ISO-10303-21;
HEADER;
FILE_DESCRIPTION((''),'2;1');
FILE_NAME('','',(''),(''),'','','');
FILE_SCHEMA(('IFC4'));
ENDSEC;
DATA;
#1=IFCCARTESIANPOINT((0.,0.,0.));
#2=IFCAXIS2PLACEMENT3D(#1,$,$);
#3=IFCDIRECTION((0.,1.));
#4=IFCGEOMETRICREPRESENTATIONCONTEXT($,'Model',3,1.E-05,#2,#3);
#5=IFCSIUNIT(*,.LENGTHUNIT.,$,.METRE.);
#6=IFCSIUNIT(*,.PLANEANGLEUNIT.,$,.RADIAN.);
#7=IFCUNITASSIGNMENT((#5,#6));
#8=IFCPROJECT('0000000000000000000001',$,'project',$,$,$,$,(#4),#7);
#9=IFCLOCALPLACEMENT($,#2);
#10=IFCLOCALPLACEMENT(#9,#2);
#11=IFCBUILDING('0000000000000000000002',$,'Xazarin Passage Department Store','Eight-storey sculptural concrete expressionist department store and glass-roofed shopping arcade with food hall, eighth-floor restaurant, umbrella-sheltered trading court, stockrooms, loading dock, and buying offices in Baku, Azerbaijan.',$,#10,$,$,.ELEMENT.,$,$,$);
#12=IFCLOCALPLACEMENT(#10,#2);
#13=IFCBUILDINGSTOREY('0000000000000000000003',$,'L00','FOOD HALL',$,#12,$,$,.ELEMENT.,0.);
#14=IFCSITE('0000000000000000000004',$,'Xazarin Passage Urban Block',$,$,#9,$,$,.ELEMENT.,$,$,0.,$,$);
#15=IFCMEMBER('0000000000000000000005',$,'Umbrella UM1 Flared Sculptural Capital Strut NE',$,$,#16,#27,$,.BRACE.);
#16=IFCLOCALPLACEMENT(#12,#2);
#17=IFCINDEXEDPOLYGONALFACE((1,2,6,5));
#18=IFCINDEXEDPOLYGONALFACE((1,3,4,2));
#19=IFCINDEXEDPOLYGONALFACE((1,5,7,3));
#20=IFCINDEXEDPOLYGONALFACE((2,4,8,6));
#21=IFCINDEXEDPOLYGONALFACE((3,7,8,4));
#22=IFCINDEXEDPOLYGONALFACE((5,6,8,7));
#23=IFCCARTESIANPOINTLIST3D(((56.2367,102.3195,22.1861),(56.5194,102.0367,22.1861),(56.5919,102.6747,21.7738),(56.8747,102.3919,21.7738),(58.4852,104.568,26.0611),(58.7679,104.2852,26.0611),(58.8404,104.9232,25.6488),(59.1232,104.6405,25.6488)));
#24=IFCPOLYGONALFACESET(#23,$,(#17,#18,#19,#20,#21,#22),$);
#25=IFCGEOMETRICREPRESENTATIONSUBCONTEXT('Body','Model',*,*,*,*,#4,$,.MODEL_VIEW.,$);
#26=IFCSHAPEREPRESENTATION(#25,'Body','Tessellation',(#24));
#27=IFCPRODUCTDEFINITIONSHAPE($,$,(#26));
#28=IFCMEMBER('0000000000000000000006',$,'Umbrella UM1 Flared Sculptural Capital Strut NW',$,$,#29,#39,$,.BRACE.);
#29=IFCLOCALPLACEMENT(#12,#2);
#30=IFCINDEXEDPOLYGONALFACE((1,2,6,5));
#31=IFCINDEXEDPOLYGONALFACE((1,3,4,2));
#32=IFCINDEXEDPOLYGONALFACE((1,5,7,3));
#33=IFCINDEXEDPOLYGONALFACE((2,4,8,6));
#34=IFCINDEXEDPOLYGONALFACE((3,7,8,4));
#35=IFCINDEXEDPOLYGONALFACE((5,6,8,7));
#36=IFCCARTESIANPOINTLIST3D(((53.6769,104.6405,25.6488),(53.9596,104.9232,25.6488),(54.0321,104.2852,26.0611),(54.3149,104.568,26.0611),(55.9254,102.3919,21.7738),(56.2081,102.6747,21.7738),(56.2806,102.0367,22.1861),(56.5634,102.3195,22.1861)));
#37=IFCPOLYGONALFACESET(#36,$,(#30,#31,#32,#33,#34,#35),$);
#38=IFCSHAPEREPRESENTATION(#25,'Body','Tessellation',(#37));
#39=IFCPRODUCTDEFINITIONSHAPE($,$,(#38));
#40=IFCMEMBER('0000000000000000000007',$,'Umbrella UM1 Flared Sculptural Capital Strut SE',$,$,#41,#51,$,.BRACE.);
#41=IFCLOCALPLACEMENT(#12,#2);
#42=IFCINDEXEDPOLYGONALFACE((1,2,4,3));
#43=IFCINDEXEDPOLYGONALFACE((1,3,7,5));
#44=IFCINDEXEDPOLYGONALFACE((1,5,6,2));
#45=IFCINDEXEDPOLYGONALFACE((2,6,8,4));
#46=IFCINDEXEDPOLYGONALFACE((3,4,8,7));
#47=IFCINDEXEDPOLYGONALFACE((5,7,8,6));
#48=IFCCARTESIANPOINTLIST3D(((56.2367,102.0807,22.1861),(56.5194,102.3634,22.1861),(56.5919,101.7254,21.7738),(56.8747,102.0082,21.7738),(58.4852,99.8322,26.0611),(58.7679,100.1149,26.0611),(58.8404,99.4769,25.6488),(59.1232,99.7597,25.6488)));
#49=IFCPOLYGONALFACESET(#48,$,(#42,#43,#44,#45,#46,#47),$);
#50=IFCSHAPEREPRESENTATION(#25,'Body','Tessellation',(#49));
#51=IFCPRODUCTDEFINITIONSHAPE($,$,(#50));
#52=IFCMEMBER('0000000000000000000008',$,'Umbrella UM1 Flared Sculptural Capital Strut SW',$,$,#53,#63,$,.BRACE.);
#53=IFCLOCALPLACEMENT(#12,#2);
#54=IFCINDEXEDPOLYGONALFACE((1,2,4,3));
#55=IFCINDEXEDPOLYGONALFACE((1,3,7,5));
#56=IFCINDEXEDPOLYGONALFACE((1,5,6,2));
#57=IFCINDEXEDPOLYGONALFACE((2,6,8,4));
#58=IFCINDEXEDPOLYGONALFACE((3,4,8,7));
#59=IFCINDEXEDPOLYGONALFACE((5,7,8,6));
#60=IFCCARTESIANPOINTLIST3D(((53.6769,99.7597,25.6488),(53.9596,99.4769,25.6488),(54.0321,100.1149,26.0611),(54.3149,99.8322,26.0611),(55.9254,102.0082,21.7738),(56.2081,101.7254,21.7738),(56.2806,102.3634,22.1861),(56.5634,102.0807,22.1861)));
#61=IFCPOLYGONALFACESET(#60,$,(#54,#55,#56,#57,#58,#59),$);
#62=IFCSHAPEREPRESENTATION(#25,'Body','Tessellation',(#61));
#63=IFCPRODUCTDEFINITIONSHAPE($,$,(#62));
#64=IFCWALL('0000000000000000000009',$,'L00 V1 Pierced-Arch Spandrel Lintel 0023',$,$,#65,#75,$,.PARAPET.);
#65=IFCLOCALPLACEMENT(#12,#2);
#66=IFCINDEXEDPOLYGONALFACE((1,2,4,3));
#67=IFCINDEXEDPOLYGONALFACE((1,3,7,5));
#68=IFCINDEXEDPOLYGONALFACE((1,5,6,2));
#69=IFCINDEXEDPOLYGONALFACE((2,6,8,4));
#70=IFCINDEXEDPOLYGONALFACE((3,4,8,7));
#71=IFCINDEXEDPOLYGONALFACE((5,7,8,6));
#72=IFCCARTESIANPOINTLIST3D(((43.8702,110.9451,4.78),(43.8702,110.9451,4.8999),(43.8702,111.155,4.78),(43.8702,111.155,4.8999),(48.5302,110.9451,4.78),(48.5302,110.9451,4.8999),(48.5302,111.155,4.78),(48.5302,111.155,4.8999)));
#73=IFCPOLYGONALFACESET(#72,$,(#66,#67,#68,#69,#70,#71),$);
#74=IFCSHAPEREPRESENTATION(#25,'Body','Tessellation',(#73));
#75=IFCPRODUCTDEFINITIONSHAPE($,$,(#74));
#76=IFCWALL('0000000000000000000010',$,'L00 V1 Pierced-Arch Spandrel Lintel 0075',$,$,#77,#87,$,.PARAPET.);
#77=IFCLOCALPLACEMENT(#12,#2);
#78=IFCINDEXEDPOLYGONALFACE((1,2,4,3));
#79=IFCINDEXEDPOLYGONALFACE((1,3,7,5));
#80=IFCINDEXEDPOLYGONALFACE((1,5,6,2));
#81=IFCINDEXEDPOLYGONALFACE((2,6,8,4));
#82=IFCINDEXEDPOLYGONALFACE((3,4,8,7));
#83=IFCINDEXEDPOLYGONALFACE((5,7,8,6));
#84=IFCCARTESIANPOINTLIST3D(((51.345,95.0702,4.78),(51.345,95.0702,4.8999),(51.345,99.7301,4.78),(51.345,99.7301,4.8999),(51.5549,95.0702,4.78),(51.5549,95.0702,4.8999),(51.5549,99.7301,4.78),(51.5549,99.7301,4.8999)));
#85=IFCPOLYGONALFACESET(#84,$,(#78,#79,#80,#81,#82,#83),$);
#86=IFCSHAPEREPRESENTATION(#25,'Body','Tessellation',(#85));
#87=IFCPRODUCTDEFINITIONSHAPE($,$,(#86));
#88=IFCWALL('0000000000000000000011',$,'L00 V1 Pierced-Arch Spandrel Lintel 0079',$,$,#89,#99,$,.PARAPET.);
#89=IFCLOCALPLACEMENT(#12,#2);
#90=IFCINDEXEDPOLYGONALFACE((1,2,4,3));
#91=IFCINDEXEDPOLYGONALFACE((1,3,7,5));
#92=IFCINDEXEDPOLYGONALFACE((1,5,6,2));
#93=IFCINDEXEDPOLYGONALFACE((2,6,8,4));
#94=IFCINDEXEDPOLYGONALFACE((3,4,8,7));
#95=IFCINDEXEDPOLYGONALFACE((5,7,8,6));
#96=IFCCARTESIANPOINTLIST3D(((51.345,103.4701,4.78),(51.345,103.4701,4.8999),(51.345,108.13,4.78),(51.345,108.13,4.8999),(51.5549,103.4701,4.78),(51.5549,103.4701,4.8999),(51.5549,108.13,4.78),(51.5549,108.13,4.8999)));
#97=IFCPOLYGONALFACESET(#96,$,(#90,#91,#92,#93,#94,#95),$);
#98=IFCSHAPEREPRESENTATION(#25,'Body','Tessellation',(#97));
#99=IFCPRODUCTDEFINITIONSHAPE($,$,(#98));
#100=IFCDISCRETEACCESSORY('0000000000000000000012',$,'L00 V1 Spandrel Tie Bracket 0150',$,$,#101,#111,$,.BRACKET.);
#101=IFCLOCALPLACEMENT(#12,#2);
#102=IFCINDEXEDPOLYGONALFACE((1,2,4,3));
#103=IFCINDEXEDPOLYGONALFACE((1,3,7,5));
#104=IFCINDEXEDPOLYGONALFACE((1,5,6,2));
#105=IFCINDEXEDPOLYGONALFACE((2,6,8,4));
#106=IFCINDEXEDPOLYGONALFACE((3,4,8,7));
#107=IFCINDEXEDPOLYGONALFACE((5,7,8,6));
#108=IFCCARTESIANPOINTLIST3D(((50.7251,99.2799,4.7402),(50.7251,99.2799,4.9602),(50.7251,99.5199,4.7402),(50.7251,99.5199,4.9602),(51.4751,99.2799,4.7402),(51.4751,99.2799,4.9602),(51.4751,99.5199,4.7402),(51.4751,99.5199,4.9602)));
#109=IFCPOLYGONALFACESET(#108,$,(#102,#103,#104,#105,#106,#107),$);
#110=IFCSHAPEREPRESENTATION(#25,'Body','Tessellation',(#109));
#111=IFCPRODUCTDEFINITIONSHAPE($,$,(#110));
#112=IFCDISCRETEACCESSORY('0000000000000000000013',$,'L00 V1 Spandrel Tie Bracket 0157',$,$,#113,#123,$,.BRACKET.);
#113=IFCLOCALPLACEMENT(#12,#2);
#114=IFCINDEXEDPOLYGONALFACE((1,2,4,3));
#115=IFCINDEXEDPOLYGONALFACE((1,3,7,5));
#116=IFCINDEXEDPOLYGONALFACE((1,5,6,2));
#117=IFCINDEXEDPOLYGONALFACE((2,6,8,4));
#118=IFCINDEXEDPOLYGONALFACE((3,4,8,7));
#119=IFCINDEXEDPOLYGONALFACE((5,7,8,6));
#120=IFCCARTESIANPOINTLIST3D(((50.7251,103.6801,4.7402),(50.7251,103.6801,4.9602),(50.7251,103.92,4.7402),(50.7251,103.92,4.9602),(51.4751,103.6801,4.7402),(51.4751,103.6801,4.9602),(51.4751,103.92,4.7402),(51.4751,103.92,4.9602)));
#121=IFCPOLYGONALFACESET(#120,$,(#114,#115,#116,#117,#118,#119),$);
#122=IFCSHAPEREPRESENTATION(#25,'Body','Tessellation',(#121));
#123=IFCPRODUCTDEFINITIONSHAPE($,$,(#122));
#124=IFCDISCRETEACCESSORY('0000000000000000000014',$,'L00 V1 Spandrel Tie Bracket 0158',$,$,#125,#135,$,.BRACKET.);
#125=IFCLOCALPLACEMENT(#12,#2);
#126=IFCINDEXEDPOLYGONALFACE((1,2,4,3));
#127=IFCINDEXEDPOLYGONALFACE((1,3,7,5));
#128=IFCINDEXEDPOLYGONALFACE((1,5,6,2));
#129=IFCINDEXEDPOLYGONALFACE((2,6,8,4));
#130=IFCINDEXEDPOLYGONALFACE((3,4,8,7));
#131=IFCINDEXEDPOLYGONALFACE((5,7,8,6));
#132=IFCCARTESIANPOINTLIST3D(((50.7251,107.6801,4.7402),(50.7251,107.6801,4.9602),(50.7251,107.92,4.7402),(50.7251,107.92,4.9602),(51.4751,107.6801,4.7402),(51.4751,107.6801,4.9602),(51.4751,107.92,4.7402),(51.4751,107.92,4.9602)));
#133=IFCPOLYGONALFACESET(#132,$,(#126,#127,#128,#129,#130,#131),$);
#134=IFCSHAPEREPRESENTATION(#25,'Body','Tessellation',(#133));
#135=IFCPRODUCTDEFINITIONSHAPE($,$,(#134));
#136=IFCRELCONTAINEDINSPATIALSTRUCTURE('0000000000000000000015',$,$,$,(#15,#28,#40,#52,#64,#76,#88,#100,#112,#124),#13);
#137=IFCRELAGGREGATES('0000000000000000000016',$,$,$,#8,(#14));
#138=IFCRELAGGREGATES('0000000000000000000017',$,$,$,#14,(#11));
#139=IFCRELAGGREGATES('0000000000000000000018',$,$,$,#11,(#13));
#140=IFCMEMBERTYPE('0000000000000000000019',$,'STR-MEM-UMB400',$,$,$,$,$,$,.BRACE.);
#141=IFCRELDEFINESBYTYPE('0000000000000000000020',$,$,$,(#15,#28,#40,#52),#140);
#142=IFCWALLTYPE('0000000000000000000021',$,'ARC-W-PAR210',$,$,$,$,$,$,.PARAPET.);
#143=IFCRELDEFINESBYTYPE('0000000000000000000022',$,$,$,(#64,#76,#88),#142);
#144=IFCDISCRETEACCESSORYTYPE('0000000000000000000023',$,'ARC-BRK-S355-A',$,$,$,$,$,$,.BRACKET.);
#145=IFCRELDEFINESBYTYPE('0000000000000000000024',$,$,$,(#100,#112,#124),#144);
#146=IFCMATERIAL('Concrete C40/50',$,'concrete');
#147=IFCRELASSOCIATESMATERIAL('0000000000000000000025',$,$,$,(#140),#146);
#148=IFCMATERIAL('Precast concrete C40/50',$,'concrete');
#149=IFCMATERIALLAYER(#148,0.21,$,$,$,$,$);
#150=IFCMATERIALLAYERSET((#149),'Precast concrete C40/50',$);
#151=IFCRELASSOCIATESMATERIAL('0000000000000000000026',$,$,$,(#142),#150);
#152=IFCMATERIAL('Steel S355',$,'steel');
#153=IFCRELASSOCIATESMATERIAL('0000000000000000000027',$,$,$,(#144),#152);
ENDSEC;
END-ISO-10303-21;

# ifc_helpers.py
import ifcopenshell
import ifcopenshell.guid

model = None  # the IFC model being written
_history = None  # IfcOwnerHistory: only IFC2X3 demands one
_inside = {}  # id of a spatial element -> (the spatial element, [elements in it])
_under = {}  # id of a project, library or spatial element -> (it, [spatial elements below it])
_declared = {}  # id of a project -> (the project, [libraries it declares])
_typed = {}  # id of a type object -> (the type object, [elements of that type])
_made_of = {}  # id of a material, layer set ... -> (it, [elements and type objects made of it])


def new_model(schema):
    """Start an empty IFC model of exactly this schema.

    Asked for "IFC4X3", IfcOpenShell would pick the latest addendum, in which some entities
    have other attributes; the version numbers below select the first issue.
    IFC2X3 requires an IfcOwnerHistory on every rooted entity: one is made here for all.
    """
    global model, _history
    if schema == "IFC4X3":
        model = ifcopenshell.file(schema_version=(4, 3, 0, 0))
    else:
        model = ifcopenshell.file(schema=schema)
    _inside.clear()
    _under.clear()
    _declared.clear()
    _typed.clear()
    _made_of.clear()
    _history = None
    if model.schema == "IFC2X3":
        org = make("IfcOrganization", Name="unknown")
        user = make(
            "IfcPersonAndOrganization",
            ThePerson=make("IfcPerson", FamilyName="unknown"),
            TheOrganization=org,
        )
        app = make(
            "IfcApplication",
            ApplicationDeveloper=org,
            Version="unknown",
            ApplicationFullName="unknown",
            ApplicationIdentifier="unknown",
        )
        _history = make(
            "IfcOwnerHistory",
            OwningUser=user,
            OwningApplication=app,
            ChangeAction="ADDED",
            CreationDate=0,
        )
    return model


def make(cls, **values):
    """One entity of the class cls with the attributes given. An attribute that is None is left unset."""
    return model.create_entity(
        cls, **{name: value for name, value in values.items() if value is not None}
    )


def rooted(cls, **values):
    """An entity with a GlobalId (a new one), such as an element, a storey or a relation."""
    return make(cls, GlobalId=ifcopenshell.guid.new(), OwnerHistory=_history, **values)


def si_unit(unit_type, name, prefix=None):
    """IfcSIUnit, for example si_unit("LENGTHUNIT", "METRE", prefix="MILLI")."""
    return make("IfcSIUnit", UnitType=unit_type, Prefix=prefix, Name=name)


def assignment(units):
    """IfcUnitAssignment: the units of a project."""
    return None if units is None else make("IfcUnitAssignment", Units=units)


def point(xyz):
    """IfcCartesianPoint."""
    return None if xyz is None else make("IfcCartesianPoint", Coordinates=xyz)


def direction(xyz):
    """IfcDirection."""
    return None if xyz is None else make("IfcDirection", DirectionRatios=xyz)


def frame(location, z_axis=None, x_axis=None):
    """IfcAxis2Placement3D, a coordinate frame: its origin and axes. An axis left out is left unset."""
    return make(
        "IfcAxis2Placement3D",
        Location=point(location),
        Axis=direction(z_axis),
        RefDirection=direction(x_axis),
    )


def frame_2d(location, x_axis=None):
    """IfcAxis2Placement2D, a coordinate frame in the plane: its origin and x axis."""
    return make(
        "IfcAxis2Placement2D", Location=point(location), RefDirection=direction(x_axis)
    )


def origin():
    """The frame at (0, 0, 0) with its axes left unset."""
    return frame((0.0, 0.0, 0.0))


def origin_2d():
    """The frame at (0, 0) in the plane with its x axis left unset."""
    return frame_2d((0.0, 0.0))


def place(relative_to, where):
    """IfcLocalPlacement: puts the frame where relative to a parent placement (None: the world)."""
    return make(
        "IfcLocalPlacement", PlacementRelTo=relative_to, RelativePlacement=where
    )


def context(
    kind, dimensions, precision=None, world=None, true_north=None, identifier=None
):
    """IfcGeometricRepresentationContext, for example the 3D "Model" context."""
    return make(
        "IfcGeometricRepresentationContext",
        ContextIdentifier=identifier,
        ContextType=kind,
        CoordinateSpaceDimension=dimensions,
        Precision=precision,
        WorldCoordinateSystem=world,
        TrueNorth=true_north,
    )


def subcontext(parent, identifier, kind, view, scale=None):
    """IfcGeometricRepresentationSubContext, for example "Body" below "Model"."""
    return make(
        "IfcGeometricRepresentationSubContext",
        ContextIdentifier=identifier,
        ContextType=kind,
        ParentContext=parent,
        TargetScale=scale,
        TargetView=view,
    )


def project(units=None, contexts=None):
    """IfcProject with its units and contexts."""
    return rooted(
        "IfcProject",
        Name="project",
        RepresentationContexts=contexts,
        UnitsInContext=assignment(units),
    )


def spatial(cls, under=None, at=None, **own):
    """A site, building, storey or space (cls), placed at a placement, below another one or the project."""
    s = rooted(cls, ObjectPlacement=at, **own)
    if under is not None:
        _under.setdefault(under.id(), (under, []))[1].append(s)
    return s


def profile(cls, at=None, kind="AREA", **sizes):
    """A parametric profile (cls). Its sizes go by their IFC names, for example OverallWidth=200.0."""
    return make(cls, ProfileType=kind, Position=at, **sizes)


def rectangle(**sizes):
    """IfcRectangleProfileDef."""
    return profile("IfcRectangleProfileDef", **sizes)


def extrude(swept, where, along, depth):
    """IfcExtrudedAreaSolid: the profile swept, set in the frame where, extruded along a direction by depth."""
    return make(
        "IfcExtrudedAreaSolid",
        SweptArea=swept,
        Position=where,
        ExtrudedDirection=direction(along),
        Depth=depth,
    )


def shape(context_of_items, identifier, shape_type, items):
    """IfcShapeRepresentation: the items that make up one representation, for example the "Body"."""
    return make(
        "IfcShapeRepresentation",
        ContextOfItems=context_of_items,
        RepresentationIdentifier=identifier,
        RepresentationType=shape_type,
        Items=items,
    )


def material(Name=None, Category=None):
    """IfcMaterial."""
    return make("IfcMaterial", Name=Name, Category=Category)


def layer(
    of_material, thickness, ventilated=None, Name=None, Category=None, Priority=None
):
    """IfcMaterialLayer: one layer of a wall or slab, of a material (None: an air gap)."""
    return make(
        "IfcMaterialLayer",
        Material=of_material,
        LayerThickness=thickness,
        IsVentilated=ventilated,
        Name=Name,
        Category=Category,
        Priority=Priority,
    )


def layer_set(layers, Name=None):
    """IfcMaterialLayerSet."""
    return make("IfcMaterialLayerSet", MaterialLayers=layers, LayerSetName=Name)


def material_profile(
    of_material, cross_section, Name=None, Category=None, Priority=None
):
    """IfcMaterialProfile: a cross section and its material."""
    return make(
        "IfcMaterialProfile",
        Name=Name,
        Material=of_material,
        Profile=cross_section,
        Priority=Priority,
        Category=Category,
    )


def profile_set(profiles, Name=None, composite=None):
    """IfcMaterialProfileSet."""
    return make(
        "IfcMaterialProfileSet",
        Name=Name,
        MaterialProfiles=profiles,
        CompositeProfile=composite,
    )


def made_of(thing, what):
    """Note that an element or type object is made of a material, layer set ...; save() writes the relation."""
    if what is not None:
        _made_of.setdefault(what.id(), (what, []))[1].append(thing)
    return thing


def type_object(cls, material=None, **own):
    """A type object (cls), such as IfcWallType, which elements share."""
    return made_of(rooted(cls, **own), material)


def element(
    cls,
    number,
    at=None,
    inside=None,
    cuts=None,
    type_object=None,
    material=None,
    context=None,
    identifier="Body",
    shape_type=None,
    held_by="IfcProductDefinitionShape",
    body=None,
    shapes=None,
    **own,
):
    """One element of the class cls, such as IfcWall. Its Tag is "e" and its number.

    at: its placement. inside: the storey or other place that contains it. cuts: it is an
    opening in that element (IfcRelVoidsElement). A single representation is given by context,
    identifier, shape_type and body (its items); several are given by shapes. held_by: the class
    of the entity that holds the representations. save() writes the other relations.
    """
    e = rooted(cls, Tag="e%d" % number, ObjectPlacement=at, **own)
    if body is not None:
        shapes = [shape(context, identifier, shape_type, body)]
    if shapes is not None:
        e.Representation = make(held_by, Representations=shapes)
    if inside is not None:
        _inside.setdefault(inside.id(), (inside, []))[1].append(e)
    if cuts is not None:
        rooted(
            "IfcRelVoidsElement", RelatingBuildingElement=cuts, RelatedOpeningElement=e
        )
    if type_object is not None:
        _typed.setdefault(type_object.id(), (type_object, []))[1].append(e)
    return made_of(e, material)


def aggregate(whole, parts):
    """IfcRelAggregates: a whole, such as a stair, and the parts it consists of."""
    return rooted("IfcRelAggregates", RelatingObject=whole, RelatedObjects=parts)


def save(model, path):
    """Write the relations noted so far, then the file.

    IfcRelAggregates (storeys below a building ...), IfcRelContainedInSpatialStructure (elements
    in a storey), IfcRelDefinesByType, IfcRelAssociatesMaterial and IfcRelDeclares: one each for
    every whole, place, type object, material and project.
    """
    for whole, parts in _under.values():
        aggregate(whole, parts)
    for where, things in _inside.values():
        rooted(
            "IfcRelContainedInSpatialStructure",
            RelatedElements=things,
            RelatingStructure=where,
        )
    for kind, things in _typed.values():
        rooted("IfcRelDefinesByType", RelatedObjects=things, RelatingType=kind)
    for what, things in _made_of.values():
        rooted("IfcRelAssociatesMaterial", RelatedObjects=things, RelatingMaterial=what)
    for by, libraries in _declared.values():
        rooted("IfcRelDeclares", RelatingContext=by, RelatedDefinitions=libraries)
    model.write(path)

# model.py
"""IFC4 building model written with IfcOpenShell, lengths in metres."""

from ifc_helpers import new_model, si_unit, direction, frame, frame_2d, origin, origin_2d, place, context, subcontext, project, spatial, rectangle, extrude, material, layer, layer_set, material_profile, profile_set, type_object, element, save


model = new_model("IFC4")

# Units and contexts
model_context = context("Model", 3, precision=1e-05, world=origin(), true_north=direction((0.0, 1.0)))
body_context = subcontext(model_context, "Body", "Model", "MODEL_VIEW")
ifc_project = project(units=[si_unit("LENGTHUNIT", "METRE"), si_unit("PLANEANGLEUNIT", "RADIAN")], contexts=[model_context])

# Site, building, storey
site_placement = place(None, origin())
site = spatial("IfcSite", under=ifc_project, at=site_placement, Name="Xazarin Passage Urban Block", CompositionType="ELEMENT", RefElevation=0.0)
building_placement = place(site_placement, origin())
building = spatial("IfcBuilding", under=site, at=building_placement, Name="Xazarin Passage Department Store", Description="Eight-storey sculptural concrete expressionist department store and glass-roofed shopping arcade with food hall, eighth-floor restaurant, umbrella-sheltered trading court, stockrooms, loading dock, and buying offices in Baku, Azerbaijan.", CompositionType="ELEMENT")
storey_placement = place(building_placement, origin())
storey = spatial("IfcBuildingStorey", under=building, at=storey_placement, Name="L00", Description="FOOD HALL", CompositionType="ELEMENT", Elevation=0.0)

# Members
ifc_material_1 = material(Name="Concrete C40/50", Category="concrete")
ifc_material_profile_1 = material_profile(ifc_material_1, rectangle(XDim=0.3999, YDim=0.6499, at=origin_2d()), Name="RC 400x650")
ifc_profile_set_1 = profile_set([ifc_material_profile_1], Name="Concrete C40/50")
member_type_1 = type_object("IfcMemberType", Name="STR-MEM-UMB400", PredefinedType="BRACE", material=ifc_profile_set_1)
for number, where, z_axis, x_axis, name in (
    (1, (56.5557, 102.3557, 21.98), (0.448565, 0.448565, 0.773032), (-0.707107, 0.707107, 0.0), "Umbrella UM1 Flared Sculptural Capital Strut NE"),
    (2, (56.2444, 102.3557, 21.98), (-0.448565, 0.448565, 0.773032), (-0.707107, -0.707107, 0.0), "Umbrella UM1 Flared Sculptural Capital Strut NW"),
    (3, (56.5557, 102.0444, 21.98), (0.448565, -0.448565, 0.773032), (0.707107, 0.707107, 0.0), "Umbrella UM1 Flared Sculptural Capital Strut SE"),
    (4, (56.2444, 102.0444, 21.98), (-0.448565, -0.448565, 0.773032), (0.707107, -0.707107, 0.0), "Umbrella UM1 Flared Sculptural Capital Strut SW"),
):
    element("IfcMember", number, at=place(storey_placement, frame(where, z_axis=z_axis, x_axis=x_axis)), inside=storey, type_object=member_type_1, Name=name, PredefinedType="BRACE", context=body_context, shape_type="SweptSolid", body=[
        extrude(rectangle(XDim=0.3999, YDim=0.6499, at=origin_2d()), origin(), (0.0, 0.0, 1.0), 5.0127),
    ])

# Walls
ifc_material_2 = material(Name="Precast concrete C40/50", Category="concrete")
ifc_layer = layer(ifc_material_2, 0.21)
ifc_layer_set = layer_set([ifc_layer], Name="Precast concrete C40/50")
wall_type = type_object("IfcWallType", Name="ARC-W-PAR210", PredefinedType="PARAPET", material=ifc_layer_set)
for number, where, z_axis, x_axis, name in (
    (5, (43.8701, 111.05, 4.78), (0.0, 0.0, 1.0), (1.0, 0.0, 0.0), "L00 V1 Pierced-Arch Spandrel Lintel 0023"),
    (6, (51.45, 95.0701, 4.78), (0.0, 0.0, 1.0), (0.0, 1.0, 0.0), "L00 V1 Pierced-Arch Spandrel Lintel 0075"),
    (7, (51.45, 103.47, 4.78), (0.0, 0.0, 1.0), (0.0, 1.0, 0.0), "L00 V1 Pierced-Arch Spandrel Lintel 0079"),
):
    element("IfcWall", number, at=place(storey_placement, frame(where, z_axis=z_axis, x_axis=x_axis)), inside=storey, type_object=wall_type, Name=name, PredefinedType="PARAPET", context=body_context, shape_type="SweptSolid", body=[
        extrude(rectangle(XDim=4.6599, YDim=0.21, at=frame_2d((2.3301, 0.0))), origin(), (0.0, 0.0, 1.0), 0.1199),
    ])

# Discrete accessories
ifc_material_3 = material(Name="Steel S355", Category="steel")
discrete_accessory_type = type_object("IfcDiscreteAccessoryType", Name="ARC-BRK-S355-A", PredefinedType="BRACKET", material=ifc_material_3)
for number, where, z_axis, x_axis, name in (
    (8, (51.1001, 99.3999, 4.7402), (0.0, 0.0, 1.0), (0.0, 1.0, 0.0), "L00 V1 Spandrel Tie Bracket 0150"),
    (9, (51.1001, 103.8, 4.7402), (0.0, 0.0, 1.0), (0.0, 1.0, 0.0), "L00 V1 Spandrel Tie Bracket 0157"),
    (10, (51.1001, 107.8, 4.7402), (0.0, 0.0, 1.0), (0.0, 1.0, 0.0), "L00 V1 Spandrel Tie Bracket 0158"),
):
    element("IfcDiscreteAccessory", number, at=place(storey_placement, frame(where, z_axis=z_axis, x_axis=x_axis)), inside=storey, type_object=discrete_accessory_type, Name=name, PredefinedType="BRACKET", context=body_context, shape_type="SweptSolid", body=[
        extrude(rectangle(XDim=0.24, YDim=0.75, at=origin_2d()), origin(), (0.0, 0.0, 1.0), 0.22),
    ])

save(model, "model.ifc")
